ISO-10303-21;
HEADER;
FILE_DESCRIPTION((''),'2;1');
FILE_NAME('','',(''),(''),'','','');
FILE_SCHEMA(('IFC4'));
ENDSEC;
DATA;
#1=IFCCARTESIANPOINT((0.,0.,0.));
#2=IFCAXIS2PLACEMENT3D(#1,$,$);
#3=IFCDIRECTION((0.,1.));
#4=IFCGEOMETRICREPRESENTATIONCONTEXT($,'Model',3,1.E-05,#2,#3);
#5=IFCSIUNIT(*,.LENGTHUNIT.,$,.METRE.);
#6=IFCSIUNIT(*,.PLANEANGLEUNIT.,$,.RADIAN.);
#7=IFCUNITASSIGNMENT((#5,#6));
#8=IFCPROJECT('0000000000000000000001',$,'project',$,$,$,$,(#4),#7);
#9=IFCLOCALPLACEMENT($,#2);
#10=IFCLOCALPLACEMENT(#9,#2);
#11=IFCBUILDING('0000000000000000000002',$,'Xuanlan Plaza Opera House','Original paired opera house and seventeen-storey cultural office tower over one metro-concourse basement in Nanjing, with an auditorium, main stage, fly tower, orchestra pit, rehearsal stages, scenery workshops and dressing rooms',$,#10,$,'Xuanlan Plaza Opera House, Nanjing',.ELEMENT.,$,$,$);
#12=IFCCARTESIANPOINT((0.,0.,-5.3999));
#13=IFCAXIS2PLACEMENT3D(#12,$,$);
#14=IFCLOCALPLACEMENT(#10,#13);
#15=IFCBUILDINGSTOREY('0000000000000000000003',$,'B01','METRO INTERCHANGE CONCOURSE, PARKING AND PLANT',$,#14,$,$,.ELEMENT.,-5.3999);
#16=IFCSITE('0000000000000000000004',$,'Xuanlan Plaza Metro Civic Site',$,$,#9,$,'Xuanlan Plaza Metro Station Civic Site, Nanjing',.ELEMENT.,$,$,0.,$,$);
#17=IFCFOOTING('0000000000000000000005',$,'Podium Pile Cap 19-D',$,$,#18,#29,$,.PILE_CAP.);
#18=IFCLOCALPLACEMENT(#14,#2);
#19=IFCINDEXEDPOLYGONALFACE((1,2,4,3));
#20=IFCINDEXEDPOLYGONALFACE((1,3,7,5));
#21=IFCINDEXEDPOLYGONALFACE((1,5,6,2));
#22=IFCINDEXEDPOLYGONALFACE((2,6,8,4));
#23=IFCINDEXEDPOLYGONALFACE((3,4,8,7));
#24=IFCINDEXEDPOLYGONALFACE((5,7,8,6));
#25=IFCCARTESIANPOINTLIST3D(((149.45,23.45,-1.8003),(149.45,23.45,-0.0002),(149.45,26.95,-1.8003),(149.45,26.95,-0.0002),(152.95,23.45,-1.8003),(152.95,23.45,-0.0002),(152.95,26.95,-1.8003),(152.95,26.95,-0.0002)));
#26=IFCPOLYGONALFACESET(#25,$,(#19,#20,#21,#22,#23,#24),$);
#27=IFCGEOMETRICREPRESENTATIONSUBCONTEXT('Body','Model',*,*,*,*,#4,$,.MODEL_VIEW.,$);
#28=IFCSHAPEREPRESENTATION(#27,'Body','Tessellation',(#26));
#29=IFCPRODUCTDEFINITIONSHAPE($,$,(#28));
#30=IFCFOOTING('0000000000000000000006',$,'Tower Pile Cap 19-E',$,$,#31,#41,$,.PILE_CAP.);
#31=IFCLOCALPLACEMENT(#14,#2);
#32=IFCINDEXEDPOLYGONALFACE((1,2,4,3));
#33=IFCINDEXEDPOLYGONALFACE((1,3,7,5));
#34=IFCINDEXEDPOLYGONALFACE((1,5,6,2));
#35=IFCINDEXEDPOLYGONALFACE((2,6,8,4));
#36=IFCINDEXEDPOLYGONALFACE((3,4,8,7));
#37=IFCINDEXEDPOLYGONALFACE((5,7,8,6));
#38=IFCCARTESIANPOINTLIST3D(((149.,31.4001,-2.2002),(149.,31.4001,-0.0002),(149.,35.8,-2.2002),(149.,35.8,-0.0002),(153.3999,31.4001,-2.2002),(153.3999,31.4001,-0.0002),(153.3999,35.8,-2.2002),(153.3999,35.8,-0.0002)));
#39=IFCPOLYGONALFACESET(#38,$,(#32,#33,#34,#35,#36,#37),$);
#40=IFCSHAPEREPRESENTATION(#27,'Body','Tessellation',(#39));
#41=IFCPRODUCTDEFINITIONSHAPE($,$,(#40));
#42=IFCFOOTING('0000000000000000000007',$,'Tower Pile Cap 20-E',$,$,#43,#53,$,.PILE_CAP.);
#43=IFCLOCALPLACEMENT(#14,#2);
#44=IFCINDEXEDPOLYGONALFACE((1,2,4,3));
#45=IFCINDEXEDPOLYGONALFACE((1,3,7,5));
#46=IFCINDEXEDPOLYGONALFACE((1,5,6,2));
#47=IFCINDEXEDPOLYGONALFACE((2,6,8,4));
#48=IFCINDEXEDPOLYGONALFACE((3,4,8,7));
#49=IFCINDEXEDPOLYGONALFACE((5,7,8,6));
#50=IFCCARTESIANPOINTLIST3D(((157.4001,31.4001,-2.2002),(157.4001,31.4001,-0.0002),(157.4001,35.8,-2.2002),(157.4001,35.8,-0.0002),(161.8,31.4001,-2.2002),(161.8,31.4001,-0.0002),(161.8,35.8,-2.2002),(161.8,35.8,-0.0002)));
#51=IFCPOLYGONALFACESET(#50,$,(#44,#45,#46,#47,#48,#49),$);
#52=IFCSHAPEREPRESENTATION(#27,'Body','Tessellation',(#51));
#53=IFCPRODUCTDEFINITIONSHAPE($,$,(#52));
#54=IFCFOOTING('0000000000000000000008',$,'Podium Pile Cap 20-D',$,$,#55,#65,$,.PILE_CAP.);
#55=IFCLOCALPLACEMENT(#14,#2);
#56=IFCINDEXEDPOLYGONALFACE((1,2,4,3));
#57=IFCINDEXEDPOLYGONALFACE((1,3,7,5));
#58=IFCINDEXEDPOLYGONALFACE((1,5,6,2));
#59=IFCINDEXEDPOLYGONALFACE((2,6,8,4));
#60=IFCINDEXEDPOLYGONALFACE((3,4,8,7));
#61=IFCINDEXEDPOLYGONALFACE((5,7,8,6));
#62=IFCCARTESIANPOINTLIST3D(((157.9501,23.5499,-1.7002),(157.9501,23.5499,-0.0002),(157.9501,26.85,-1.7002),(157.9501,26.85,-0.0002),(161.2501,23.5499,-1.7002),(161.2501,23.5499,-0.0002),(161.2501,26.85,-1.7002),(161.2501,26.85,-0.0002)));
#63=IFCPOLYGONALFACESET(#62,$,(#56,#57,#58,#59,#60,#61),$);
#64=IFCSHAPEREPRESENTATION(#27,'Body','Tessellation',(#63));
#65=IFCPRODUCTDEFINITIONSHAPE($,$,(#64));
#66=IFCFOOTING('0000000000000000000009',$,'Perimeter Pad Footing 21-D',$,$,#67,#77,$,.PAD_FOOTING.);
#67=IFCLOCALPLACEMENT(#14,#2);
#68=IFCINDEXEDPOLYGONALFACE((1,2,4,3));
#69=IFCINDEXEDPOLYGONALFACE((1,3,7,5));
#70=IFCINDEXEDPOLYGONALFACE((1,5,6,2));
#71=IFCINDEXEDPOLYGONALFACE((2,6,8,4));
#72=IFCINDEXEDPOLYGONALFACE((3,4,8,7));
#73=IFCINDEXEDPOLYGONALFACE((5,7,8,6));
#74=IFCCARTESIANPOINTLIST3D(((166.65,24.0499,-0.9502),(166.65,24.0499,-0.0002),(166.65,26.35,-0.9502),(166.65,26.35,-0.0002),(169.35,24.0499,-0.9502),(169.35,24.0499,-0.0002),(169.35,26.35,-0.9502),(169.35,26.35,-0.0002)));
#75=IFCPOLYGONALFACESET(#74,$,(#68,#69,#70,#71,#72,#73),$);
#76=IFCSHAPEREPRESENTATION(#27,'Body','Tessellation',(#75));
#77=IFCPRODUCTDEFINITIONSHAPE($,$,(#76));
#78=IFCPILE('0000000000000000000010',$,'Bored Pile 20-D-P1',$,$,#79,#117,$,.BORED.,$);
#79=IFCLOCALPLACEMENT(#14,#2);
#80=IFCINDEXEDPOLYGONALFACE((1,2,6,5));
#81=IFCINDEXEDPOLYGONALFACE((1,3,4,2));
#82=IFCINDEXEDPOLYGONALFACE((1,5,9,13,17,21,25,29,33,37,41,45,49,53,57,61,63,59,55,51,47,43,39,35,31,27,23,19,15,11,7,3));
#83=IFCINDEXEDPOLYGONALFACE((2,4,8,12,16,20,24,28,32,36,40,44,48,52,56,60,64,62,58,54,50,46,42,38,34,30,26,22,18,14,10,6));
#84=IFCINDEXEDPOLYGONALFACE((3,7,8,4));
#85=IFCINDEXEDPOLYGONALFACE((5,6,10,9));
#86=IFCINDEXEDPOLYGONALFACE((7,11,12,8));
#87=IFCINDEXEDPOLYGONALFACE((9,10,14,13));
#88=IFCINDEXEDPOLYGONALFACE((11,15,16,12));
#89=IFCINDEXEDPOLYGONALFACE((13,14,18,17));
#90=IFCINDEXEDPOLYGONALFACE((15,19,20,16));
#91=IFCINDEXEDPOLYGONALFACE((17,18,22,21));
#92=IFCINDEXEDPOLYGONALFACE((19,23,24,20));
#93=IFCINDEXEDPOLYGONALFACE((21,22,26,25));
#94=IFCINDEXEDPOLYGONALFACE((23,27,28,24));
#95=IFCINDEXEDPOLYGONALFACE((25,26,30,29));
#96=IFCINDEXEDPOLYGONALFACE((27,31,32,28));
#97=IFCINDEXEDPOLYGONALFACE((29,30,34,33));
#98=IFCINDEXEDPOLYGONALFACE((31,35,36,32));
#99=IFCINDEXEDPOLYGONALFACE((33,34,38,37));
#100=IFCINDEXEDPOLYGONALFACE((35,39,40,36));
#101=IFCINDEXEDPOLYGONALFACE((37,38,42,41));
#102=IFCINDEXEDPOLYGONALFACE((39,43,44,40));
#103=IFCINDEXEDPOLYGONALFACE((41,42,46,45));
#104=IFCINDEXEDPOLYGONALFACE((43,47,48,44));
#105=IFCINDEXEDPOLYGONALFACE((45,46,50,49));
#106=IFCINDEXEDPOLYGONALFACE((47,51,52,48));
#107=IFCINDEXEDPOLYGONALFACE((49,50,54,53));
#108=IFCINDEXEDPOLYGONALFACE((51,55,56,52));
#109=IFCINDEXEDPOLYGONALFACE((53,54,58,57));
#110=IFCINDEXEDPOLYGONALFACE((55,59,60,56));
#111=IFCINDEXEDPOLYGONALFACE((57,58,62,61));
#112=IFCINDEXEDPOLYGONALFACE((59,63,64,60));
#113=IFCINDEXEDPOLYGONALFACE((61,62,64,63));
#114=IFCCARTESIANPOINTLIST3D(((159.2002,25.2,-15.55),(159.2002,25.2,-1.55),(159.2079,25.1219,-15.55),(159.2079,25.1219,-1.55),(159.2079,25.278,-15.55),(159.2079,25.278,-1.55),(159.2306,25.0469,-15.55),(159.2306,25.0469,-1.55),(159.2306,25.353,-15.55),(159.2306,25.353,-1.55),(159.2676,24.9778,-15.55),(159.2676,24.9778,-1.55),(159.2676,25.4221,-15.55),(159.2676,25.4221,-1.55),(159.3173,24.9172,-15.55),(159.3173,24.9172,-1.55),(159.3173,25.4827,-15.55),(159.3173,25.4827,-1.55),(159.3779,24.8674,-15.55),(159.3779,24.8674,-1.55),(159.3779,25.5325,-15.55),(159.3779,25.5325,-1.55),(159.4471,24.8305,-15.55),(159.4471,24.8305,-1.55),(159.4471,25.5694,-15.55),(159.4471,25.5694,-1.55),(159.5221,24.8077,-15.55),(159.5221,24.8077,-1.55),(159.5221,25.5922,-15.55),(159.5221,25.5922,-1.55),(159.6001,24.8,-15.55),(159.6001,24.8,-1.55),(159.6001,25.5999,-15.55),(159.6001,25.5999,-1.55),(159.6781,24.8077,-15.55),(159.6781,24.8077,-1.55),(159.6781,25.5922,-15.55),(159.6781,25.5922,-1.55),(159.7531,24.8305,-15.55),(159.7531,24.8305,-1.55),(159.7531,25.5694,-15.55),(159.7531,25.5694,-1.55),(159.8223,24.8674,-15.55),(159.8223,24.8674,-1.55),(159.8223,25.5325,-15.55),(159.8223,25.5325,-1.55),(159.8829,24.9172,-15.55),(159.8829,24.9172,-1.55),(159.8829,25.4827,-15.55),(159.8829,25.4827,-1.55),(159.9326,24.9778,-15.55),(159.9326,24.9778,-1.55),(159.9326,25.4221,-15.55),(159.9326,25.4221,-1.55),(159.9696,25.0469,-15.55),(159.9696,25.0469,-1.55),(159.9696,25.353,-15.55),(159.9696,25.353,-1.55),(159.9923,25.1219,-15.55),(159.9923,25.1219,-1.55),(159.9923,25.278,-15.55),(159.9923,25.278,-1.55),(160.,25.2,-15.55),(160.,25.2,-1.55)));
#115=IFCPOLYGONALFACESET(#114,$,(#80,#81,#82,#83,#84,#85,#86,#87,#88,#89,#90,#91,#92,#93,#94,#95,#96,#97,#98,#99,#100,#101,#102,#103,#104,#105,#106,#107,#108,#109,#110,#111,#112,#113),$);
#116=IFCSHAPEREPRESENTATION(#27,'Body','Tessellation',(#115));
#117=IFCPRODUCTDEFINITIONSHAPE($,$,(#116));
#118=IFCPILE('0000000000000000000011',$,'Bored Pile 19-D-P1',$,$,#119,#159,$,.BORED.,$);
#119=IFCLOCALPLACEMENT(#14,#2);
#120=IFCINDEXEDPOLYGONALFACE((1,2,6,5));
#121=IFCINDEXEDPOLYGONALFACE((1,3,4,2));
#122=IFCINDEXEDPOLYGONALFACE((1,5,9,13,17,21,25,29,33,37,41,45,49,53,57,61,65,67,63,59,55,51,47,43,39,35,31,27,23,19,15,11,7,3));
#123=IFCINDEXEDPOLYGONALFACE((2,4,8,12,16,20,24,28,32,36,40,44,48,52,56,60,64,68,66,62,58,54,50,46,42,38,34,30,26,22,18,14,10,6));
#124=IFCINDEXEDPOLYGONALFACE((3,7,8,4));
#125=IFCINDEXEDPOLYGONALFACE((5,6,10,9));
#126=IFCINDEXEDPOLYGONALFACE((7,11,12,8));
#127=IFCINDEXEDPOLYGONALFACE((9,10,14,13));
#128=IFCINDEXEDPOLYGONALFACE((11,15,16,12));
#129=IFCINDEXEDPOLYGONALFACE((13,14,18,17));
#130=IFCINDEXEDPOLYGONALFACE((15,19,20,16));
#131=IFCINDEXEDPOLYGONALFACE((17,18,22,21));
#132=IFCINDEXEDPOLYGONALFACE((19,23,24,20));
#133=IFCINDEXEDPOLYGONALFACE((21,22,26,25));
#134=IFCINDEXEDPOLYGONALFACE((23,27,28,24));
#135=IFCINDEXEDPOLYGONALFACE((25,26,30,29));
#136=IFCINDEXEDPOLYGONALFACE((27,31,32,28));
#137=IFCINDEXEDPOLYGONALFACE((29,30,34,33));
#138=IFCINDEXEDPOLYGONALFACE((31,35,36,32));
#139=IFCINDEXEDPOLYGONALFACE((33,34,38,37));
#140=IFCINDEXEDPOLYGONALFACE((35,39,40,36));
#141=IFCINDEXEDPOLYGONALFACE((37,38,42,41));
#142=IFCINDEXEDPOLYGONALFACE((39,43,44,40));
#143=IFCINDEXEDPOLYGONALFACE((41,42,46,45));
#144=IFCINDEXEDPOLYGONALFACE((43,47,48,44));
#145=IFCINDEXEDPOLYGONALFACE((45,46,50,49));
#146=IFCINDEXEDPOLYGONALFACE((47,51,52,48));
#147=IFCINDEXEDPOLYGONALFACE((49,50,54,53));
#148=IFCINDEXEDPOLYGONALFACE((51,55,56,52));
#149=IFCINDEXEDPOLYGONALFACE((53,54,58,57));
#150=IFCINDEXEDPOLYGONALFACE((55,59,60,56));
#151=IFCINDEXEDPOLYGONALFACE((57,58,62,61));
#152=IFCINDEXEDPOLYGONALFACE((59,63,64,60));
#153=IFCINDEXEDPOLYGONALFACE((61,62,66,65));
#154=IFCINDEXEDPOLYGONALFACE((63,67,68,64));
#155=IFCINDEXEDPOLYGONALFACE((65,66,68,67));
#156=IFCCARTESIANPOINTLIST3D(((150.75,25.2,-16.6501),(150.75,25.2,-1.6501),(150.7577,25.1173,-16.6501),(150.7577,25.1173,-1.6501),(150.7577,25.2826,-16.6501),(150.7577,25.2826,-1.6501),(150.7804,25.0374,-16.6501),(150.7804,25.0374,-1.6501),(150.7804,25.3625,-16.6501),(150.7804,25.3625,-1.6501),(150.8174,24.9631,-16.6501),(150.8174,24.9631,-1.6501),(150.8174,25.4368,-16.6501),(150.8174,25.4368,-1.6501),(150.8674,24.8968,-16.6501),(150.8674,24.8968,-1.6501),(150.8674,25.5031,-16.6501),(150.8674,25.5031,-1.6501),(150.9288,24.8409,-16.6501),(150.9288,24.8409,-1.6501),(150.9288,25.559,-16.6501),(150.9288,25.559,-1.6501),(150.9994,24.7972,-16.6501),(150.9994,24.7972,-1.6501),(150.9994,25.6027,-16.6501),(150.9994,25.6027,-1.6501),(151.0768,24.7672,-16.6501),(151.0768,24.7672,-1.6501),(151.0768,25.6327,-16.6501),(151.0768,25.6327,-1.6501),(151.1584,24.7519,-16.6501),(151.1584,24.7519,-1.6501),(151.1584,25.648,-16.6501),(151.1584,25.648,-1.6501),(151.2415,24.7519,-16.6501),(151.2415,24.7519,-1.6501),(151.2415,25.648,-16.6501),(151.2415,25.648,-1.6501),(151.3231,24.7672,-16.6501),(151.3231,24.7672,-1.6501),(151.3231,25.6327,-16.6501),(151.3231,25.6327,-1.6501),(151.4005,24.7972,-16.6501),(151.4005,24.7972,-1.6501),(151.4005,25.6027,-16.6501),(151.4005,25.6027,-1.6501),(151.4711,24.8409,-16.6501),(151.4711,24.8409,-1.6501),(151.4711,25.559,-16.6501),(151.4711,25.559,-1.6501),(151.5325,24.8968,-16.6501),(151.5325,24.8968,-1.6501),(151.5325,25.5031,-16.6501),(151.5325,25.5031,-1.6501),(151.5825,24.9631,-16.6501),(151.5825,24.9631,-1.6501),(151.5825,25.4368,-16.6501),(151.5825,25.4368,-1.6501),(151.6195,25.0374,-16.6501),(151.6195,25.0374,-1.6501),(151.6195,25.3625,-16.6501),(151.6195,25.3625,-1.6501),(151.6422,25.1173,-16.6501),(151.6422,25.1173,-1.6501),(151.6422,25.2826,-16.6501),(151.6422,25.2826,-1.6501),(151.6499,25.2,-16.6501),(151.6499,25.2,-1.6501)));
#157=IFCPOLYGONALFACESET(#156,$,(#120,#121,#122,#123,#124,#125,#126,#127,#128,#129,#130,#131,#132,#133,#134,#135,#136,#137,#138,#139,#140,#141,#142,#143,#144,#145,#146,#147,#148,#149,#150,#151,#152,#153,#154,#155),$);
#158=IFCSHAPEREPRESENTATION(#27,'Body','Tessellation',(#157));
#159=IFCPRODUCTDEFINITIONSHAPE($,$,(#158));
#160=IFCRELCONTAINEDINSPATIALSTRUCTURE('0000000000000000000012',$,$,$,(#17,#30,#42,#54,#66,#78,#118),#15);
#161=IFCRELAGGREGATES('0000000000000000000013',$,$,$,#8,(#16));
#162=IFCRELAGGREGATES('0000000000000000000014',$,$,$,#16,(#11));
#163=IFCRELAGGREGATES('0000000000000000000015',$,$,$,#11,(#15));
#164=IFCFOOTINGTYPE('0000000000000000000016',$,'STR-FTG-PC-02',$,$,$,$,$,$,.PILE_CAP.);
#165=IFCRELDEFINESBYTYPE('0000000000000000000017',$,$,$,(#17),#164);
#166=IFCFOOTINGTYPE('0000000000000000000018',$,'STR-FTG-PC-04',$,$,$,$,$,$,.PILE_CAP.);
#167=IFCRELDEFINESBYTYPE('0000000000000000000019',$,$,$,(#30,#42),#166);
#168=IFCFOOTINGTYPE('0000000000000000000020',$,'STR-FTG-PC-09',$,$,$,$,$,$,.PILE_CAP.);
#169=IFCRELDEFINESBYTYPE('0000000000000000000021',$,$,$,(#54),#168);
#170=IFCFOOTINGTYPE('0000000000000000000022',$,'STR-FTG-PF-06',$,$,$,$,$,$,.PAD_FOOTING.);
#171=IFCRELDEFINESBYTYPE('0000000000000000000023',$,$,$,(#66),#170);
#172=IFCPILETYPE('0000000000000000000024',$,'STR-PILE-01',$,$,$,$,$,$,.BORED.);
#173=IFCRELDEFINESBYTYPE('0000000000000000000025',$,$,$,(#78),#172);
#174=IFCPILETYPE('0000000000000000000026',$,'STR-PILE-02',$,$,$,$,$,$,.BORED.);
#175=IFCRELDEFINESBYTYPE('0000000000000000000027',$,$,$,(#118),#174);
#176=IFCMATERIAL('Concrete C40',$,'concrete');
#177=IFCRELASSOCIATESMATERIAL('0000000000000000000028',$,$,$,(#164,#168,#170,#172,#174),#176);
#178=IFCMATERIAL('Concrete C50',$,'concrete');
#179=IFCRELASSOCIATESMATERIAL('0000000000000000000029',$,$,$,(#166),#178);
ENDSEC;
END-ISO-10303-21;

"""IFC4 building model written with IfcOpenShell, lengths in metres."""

from ifc_helpers import new_model, si_unit, direction, frame, origin, origin_2d, place, context, subcontext, project, spatial, rectangle, circle, extrude, material, material_profile, profile_set, type_object, element, save


model = new_model("IFC4")

# Units and contexts
model_context = context("Model", 3, precision=1e-05, world=origin(), true_north=direction((0.0, 1.0)))
body_context = subcontext(model_context, "Body", "Model", "MODEL_VIEW")
ifc_project = project(units=[si_unit("LENGTHUNIT", "METRE"), si_unit("PLANEANGLEUNIT", "RADIAN")], contexts=[model_context])

# Site, building, storey
site_placement = place(None, origin())
site = spatial("IfcSite", under=ifc_project, at=site_placement, Name="Xuanlan Plaza Metro Civic Site", LongName="Xuanlan Plaza Metro Station Civic Site, Nanjing", CompositionType="ELEMENT", RefElevation=0.0)
building_placement = place(site_placement, origin())
building = spatial("IfcBuilding", under=site, at=building_placement, Name="Xuanlan Plaza Opera House", Description="Original paired opera house and seventeen-storey cultural office tower over one metro-concourse basement in Nanjing, with an auditorium, main stage, fly tower, orchestra pit, rehearsal stages, scenery workshops and dressing rooms", LongName="Xuanlan Plaza Opera House, Nanjing", CompositionType="ELEMENT")
storey_placement = place(building_placement, frame((0.0, 0.0, -5.3999)))
storey = spatial("IfcBuildingStorey", under=building, at=storey_placement, Name="B01", Description="METRO INTERCHANGE CONCOURSE, PARKING AND PLANT", CompositionType="ELEMENT", Elevation=-5.3999)

# Footings
ifc_material_1 = material(Name="Concrete C40", Category="concrete")
footing_type_1 = type_object("IfcFootingType", Name="STR-FTG-PC-02", PredefinedType="PILE_CAP", material=ifc_material_1)
footing_1_placement = place(storey_placement, frame((151.2, 25.2, -1.8003), z_axis=(0.0, 0.0, 1.0), x_axis=(1.0, 0.0, 0.0)))
element("IfcFooting", 1, at=footing_1_placement, inside=storey, type_object=footing_type_1, Name="Podium Pile Cap 19-D", PredefinedType="PILE_CAP", context=body_context, shape_type="SweptSolid", body=[
    extrude(rectangle(XDim=3.5, YDim=3.5, at=origin_2d()), origin(), (0.0, 0.0, 1.0), 1.8),
])
ifc_material_2 = material(Name="Concrete C50", Category="concrete")
footing_type_2 = type_object("IfcFootingType", Name="STR-FTG-PC-04", PredefinedType="PILE_CAP", material=ifc_material_2)
for number, where, z_axis, x_axis, name in (
    (2, (151.2, 33.6001, -2.2002), (0.0, 0.0, 1.0), (1.0, 0.0, 0.0), "Tower Pile Cap 19-E"),
    (3, (159.6001, 33.6001, -2.2002), (0.0, 0.0, 1.0), (1.0, 0.0, 0.0), "Tower Pile Cap 20-E"),
):
    element("IfcFooting", number, at=place(storey_placement, frame(where, z_axis=z_axis, x_axis=x_axis)), inside=storey, type_object=footing_type_2, Name=name, PredefinedType="PILE_CAP", context=body_context, shape_type="SweptSolid", body=[
        extrude(rectangle(XDim=4.3999, YDim=4.3999, at=origin_2d()), origin(), (0.0, 0.0, 1.0), 2.2),
    ])
footing_type_3 = type_object("IfcFootingType", Name="STR-FTG-PC-09", PredefinedType="PILE_CAP", material=ifc_material_1)
footing_2_placement = place(storey_placement, frame((159.6001, 25.2, -1.7002), z_axis=(0.0, 0.0, 1.0), x_axis=(1.0, 0.0, 0.0)))
element("IfcFooting", 4, at=footing_2_placement, inside=storey, type_object=footing_type_3, Name="Podium Pile Cap 20-D", PredefinedType="PILE_CAP", context=body_context, shape_type="SweptSolid", body=[
    extrude(rectangle(XDim=3.3, YDim=3.3, at=origin_2d()), origin(), (0.0, 0.0, 1.0), 1.7),
])
footing_type_4 = type_object("IfcFootingType", Name="STR-FTG-PF-06", PredefinedType="PAD_FOOTING", material=ifc_material_1)
footing_3_placement = place(storey_placement, frame((168.0, 25.2, -0.9502), z_axis=(0.0, 0.0, 1.0), x_axis=(1.0, 0.0, 0.0)))
element("IfcFooting", 5, at=footing_3_placement, inside=storey, type_object=footing_type_4, Name="Perimeter Pad Footing 21-D", PredefinedType="PAD_FOOTING", context=body_context, shape_type="SweptSolid", body=[
    extrude(rectangle(XDim=2.7, YDim=2.3, at=origin_2d()), origin(), (0.0, 0.0, 1.0), 0.95),
])

# Piles
ifc_material_profile_1 = material_profile(ifc_material_1, circle(Radius=0.3999, at=origin_2d()), Name="PILE D800")
ifc_profile_set_1 = profile_set([ifc_material_profile_1], Name="Concrete C40")
pile_type_1 = type_object("IfcPileType", Name="STR-PILE-01", PredefinedType="BORED", material=ifc_profile_set_1)
pile_1_placement = place(storey_placement, frame((159.6001, 25.2, -1.55), z_axis=(0.0, 0.0, -1.0), x_axis=(1.0, 0.0, 0.0)))
element("IfcPile", 6, at=pile_1_placement, inside=storey, type_object=pile_type_1, Name="Bored Pile 20-D-P1", PredefinedType="BORED", context=body_context, shape_type="SweptSolid", body=[
    extrude(circle(Radius=0.3999, at=origin_2d()), origin(), (0.0, 0.0, 1.0), 14.0),
])
ifc_material_profile_2 = material_profile(ifc_material_1, circle(Radius=0.45, at=origin_2d()), Name="PILE D900")
ifc_profile_set_2 = profile_set([ifc_material_profile_2], Name="Concrete C40")
pile_type_2 = type_object("IfcPileType", Name="STR-PILE-02", PredefinedType="BORED", material=ifc_profile_set_2)
pile_2_placement = place(storey_placement, frame((151.2, 25.2, -1.6501), z_axis=(0.0, 0.0, -1.0), x_axis=(1.0, 0.0, 0.0)))
element("IfcPile", 7, at=pile_2_placement, inside=storey, type_object=pile_type_2, Name="Bored Pile 19-D-P1", PredefinedType="BORED", context=body_context, shape_type="SweptSolid", body=[
    extrude(circle(Radius=0.45, at=origin_2d()), origin(), (0.0, 0.0, 1.0), 15.0),
])

save(model, "model.ifc")
